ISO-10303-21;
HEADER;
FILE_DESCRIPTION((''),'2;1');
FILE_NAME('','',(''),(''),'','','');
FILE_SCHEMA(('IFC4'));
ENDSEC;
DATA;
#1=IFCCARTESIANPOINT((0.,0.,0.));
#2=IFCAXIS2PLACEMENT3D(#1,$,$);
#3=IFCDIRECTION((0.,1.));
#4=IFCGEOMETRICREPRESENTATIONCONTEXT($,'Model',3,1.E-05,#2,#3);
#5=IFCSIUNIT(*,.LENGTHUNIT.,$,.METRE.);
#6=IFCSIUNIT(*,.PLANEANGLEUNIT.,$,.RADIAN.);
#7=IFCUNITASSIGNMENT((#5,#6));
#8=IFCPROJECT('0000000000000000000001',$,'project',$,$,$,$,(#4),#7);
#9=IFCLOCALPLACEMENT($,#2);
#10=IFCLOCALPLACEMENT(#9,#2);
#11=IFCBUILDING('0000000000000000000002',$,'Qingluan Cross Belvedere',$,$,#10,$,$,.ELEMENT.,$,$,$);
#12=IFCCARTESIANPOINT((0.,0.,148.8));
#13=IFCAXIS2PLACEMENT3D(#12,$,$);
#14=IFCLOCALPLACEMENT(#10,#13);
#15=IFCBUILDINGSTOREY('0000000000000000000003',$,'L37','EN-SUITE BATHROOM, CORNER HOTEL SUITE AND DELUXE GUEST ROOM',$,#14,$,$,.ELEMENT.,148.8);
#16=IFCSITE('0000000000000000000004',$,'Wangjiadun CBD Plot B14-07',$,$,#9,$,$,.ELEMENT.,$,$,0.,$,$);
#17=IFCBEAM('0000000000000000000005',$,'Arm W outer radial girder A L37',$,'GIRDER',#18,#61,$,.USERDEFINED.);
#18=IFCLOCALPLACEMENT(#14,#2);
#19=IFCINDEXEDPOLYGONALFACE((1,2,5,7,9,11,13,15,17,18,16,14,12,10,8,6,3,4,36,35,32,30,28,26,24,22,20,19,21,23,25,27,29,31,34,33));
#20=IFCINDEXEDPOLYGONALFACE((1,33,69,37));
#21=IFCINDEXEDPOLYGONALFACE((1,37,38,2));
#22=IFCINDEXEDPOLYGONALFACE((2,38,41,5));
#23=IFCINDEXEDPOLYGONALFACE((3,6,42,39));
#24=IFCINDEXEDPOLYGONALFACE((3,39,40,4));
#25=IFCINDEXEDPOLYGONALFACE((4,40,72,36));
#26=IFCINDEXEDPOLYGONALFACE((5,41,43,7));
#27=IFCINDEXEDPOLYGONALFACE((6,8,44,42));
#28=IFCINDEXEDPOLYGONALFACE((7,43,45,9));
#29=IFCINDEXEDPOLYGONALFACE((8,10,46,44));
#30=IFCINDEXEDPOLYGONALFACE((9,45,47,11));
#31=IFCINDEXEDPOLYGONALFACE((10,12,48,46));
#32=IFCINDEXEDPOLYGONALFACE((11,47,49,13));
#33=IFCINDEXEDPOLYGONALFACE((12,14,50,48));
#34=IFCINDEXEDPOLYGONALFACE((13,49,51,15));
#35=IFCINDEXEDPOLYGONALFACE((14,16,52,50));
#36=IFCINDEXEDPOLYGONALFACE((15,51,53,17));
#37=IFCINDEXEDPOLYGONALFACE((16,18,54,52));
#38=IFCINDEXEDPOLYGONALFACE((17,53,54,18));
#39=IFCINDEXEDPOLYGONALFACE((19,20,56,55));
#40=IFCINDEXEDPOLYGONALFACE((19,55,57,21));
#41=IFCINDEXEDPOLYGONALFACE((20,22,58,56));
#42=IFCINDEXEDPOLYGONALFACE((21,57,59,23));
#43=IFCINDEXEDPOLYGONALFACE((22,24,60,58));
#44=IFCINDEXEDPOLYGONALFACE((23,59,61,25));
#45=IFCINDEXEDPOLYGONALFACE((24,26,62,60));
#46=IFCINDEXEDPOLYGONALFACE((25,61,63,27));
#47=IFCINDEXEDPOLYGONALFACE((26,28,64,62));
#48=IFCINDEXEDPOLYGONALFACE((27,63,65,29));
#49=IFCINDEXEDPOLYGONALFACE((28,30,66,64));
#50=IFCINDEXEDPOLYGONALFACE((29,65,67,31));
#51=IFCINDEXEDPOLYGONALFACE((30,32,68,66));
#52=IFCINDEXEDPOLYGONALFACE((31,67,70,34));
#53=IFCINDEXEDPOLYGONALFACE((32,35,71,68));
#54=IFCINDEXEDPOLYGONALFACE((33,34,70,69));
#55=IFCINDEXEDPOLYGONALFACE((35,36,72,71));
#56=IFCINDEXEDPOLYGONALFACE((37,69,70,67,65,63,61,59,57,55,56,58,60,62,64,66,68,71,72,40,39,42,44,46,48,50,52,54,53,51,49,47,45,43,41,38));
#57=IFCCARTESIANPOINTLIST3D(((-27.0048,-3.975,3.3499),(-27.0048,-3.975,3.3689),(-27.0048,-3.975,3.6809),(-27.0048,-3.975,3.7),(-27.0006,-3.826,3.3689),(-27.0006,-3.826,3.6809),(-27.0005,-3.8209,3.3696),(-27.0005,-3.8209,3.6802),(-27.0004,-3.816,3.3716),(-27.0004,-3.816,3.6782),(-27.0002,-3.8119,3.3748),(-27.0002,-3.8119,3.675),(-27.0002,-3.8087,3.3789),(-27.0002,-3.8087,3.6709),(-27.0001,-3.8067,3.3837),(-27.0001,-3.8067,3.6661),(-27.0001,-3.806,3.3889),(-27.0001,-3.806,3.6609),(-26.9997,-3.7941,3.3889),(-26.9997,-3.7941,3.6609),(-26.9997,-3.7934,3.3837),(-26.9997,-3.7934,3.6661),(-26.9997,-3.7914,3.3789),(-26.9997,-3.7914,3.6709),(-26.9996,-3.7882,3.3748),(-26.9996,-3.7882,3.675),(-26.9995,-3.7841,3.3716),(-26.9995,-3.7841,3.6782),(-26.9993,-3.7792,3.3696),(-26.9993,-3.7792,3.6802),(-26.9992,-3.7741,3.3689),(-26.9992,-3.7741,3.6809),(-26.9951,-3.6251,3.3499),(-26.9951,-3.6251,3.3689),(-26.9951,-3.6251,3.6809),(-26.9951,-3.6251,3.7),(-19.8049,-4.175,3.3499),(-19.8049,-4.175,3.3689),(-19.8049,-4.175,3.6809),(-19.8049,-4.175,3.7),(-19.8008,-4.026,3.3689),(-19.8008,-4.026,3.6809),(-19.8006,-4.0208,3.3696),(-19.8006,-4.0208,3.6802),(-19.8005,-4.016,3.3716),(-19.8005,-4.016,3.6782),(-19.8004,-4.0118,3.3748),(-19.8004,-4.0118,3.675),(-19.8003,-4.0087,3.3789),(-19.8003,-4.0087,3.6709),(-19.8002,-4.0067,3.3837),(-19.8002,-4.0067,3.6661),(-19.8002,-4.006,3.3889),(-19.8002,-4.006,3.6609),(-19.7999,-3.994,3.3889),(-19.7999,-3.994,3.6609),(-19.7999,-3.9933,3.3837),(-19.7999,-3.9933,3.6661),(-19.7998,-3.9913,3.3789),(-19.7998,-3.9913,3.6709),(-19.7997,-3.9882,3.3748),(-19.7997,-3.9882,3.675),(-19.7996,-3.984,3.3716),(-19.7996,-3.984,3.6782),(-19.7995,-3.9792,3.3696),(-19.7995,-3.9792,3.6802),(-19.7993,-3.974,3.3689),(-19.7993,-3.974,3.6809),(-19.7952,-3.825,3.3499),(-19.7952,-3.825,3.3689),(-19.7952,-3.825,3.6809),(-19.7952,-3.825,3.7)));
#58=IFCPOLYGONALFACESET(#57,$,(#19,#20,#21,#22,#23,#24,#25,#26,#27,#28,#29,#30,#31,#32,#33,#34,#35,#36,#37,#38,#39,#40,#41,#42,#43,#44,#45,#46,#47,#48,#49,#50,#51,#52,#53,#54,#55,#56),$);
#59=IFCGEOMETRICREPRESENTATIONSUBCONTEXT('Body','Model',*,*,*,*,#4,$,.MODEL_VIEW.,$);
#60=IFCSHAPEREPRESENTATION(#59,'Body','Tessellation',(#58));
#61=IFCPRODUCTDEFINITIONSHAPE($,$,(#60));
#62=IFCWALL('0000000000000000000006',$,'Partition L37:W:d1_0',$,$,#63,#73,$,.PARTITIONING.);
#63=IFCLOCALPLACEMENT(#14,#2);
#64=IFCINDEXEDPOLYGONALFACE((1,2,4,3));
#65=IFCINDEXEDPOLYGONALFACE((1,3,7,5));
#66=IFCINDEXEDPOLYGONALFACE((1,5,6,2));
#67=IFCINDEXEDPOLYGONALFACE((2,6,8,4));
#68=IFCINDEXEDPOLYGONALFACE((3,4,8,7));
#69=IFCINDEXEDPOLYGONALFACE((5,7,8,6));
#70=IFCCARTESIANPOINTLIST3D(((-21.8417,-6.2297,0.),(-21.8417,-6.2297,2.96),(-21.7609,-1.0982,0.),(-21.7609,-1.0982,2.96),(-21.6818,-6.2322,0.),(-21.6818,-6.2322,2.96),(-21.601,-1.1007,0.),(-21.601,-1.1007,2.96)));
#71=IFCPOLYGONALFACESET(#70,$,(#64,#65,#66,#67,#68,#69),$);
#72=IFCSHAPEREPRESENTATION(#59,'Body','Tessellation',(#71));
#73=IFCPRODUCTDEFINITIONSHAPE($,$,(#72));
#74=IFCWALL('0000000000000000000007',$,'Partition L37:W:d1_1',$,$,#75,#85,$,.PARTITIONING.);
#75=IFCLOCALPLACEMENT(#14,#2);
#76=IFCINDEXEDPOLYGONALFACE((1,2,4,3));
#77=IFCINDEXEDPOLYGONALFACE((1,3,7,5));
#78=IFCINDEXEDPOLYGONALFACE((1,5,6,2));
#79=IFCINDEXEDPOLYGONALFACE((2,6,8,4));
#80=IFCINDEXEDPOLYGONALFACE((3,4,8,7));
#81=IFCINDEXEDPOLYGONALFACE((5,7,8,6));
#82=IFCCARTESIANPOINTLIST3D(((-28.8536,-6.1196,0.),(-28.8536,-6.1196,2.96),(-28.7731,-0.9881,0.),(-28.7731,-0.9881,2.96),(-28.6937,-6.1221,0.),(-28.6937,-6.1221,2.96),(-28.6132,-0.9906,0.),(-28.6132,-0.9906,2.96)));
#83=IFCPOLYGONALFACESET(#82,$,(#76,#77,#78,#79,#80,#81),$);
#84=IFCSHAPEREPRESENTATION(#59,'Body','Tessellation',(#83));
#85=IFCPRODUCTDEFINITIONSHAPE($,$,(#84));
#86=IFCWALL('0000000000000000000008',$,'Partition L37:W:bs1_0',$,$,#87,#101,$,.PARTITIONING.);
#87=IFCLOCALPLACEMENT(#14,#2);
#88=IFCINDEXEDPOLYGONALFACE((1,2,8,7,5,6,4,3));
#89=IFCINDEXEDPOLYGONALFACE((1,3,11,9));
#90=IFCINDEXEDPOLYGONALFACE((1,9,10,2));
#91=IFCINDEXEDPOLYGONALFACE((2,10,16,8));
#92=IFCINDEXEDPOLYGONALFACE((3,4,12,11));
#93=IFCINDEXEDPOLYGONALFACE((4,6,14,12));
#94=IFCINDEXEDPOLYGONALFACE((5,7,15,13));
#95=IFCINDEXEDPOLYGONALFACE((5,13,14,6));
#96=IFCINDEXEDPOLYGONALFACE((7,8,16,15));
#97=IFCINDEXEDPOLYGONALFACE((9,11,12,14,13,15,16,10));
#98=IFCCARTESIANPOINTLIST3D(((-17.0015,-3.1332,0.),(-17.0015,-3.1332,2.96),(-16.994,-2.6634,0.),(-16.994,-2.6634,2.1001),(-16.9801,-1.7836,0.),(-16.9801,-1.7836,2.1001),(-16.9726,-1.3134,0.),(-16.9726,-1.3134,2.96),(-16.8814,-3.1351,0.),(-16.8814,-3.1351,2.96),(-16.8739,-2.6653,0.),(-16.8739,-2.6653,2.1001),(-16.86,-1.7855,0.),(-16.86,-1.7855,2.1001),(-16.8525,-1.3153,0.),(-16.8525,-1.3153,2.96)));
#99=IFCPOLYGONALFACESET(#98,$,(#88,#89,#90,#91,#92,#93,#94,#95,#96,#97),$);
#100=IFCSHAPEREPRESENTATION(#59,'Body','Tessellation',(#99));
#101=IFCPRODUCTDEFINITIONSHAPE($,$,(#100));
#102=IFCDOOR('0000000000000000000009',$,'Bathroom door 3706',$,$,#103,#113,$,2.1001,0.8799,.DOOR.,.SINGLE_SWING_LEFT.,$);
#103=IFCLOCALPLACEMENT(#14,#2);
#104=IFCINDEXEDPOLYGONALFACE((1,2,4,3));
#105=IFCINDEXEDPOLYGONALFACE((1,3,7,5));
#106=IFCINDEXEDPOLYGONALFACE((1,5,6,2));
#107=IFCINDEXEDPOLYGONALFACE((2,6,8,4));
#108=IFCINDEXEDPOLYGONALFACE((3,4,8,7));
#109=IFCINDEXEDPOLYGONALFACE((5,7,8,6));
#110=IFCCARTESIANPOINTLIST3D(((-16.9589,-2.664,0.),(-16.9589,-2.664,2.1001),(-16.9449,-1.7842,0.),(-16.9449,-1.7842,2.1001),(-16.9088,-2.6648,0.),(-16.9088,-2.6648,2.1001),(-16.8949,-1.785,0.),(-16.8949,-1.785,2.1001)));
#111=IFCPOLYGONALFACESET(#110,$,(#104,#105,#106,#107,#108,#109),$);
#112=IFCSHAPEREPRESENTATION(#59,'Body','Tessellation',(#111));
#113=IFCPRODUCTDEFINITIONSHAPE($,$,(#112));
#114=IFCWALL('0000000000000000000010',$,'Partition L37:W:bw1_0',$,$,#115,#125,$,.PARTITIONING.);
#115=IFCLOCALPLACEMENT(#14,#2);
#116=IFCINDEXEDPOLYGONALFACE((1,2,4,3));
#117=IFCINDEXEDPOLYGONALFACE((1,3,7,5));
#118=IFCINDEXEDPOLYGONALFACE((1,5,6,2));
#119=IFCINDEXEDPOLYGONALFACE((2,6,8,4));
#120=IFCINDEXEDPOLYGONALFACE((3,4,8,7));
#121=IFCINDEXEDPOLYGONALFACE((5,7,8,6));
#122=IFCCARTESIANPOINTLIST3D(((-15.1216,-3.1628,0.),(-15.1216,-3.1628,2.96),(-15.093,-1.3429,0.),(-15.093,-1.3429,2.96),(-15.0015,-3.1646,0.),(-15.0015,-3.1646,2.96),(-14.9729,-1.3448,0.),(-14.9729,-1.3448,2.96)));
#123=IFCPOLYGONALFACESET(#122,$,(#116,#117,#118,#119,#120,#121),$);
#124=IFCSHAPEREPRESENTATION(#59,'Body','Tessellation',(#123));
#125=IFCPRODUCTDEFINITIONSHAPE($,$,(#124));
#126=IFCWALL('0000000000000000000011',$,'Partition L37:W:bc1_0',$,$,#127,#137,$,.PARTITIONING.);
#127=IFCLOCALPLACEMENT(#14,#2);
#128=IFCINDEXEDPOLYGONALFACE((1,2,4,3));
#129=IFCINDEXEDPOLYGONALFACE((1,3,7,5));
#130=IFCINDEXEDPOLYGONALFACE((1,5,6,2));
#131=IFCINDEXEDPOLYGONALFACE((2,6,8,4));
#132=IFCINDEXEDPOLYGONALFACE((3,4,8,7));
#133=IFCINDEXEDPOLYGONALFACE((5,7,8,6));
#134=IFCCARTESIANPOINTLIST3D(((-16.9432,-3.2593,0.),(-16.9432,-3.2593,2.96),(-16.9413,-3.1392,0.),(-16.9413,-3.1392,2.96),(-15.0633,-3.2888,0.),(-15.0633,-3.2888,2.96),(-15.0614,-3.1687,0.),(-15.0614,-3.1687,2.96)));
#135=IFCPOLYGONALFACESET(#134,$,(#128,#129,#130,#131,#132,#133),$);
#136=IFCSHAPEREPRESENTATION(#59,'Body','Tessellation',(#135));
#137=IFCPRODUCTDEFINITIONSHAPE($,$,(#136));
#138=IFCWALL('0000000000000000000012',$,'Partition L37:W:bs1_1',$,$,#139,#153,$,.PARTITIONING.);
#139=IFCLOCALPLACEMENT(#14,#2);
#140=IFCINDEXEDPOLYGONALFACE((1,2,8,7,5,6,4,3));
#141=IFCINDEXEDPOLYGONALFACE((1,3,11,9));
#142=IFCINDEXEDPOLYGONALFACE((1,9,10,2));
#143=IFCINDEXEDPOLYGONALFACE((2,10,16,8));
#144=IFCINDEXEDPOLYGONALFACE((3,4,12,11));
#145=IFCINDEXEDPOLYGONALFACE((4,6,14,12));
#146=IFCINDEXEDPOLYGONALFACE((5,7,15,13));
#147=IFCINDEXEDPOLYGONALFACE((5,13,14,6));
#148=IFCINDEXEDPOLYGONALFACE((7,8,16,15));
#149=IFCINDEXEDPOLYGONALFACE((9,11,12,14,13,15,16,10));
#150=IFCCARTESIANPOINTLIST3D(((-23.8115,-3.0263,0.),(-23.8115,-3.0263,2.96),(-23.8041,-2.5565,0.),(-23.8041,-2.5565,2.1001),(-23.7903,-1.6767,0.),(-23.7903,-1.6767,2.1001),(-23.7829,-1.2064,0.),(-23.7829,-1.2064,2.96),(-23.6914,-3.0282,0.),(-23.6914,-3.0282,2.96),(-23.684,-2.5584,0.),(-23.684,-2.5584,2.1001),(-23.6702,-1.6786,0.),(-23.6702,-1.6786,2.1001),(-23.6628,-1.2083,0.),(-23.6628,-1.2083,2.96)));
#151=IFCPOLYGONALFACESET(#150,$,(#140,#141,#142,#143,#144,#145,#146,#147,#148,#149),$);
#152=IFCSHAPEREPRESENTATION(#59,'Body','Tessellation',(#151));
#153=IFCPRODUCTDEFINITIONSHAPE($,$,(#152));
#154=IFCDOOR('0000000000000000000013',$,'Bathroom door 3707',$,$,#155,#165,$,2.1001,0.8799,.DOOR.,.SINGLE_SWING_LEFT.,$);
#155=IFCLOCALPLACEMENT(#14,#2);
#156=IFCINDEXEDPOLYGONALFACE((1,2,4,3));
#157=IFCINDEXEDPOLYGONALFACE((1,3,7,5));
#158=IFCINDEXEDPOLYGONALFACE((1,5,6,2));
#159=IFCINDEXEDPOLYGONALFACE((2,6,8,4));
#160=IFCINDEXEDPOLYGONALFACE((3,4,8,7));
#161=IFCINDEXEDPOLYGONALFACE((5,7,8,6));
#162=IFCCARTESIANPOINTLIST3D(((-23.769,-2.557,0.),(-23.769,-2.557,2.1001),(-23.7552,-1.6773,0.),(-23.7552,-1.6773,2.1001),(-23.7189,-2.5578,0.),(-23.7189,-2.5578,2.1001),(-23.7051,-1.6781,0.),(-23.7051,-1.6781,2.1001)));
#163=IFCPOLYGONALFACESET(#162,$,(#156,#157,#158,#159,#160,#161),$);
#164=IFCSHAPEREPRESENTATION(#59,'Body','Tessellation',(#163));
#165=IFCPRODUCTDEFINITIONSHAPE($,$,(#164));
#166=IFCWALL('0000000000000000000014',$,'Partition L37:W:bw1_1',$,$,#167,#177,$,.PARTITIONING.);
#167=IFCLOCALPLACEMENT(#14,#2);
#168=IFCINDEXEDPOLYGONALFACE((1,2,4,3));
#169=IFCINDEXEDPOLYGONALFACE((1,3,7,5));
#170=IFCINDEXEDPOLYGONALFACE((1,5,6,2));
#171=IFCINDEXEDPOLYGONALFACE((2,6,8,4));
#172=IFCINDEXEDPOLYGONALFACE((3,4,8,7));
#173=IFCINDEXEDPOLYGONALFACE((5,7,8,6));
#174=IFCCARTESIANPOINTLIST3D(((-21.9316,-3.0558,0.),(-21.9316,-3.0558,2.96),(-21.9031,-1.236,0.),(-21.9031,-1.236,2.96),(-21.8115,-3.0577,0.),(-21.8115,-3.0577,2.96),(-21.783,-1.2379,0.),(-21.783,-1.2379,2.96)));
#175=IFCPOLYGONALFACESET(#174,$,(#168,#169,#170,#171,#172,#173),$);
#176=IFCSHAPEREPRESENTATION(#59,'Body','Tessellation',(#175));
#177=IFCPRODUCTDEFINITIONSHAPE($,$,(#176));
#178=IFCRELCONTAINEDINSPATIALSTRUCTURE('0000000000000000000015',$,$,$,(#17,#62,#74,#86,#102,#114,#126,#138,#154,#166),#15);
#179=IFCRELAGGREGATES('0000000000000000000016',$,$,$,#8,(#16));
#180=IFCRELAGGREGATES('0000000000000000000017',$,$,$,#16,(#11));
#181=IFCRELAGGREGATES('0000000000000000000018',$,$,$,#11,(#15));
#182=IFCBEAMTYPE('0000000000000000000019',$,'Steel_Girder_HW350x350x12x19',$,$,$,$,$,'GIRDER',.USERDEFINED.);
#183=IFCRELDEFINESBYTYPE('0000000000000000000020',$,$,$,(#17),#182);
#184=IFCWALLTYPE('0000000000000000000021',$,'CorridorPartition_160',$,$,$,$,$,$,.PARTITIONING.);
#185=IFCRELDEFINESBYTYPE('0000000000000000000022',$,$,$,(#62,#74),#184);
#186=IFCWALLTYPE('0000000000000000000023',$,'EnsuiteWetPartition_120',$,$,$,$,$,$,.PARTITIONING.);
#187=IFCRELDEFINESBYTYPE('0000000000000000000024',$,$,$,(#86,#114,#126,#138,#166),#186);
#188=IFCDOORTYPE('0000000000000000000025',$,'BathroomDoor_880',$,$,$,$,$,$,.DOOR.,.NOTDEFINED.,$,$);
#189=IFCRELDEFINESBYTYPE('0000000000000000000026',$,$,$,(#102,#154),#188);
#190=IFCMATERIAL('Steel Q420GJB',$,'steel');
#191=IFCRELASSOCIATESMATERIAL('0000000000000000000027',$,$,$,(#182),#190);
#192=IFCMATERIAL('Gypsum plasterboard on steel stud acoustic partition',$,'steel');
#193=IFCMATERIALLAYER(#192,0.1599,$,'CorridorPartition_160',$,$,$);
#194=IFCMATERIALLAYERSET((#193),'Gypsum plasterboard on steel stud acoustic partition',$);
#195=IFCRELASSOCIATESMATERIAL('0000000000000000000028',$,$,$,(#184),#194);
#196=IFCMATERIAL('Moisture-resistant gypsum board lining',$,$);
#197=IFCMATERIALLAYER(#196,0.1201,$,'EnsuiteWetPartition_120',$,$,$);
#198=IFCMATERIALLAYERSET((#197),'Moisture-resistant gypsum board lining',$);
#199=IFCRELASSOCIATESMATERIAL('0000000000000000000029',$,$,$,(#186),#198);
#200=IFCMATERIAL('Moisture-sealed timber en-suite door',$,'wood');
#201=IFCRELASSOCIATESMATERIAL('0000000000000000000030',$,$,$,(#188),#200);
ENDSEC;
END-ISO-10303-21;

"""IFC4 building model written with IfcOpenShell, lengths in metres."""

from ifc_helpers import new_model, si_unit, direction, frame, frame_2d, origin, origin_2d, place, context, subcontext, project, spatial, rectangle, i_section, extrude, material, layer, layer_set, material_profile, profile_set, type_object, element, fill, save


model = new_model("IFC4")

# Units and contexts
model_context = context("Model", 3, precision=1e-05, world=origin(), true_north=direction((0.0, 1.0)))
body_context = subcontext(model_context, "Body", "Model", "MODEL_VIEW")
ifc_project = project(units=[si_unit("LENGTHUNIT", "METRE"), si_unit("PLANEANGLEUNIT", "RADIAN")], contexts=[model_context])

# Site, building, storey
site_placement = place(None, origin())
site = spatial("IfcSite", under=ifc_project, at=site_placement, Name="Wangjiadun CBD Plot B14-07", CompositionType="ELEMENT", RefElevation=0.0)
building_placement = place(site_placement, origin())
building = spatial("IfcBuilding", under=site, at=building_placement, Name="Qingluan Cross Belvedere", CompositionType="ELEMENT")
storey_placement = place(building_placement, frame((0.0, 0.0, 148.8)))
storey = spatial("IfcBuildingStorey", under=building, at=storey_placement, Name="L37", Description="EN-SUITE BATHROOM, CORNER HOTEL SUITE AND DELUXE GUEST ROOM", CompositionType="ELEMENT", Elevation=148.8)

# Beam
ifc_material_1 = material(Name="Steel Q420GJB", Category="steel")
ifc_material_profile_1 = material_profile(ifc_material_1, i_section(OverallWidth=0.3501, OverallDepth=0.3501, WebThickness=0.012, FlangeThickness=0.019, FilletRadius=0.02, at=origin_2d()), Name="HW350x350x12x19")
ifc_profile_set_1 = profile_set([ifc_material_profile_1], Name="Steel Q420GJB")
beam_type_1 = type_object("IfcBeamType", Name="Steel_Girder_HW350x350x12x19", ElementType="GIRDER", PredefinedType="USERDEFINED", material=ifc_profile_set_1)
beam_1_placement = place(storey_placement, frame((-19.8, -4.0, 3.5249), z_axis=(-0.999615, 0.02776, 0.0), x_axis=(-0.02776, -0.999615, 0.0)))
element("IfcBeam", 1, at=beam_1_placement, inside=storey, type_object=beam_type_1, Name="Arm W outer radial girder A L37", ObjectType="GIRDER", PredefinedType="USERDEFINED", context=body_context, shape_type="SweptSolid", body=[
    extrude(i_section(OverallWidth=0.3501, OverallDepth=0.3501, WebThickness=0.012, FlangeThickness=0.019, FilletRadius=0.02, at=origin_2d()), origin(), (0.0, 0.0, 1.0), 7.2026),
])

# Walls
ifc_material_2 = material(Name="Gypsum plasterboard on steel stud acoustic partition", Category="steel")
ifc_layer_1 = layer(ifc_material_2, 0.1599, Name="CorridorPartition_160")
ifc_layer_set_1 = layer_set([ifc_layer_1], Name="Gypsum plasterboard on steel stud acoustic partition")
wall_type_1 = type_object("IfcWallType", Name="CorridorPartition_160", PredefinedType="PARTITIONING", material=ifc_layer_set_1)
for number, where, z_axis, x_axis, name in (
    (2, (-21.6809, -1.0996, 0.0), (0.0, 0.0, 1.0), (-0.015746, -0.999876, 0.0), "Partition L37:W:d1_0"),
    (3, (-28.6931, -0.9895, 0.0), (0.0, 0.0, 1.0), (-0.015699, -0.999877, 0.0), "Partition L37:W:d1_1"),
):
    element("IfcWall", number, at=place(storey_placement, frame(where, z_axis=z_axis, x_axis=x_axis)), inside=storey, type_object=wall_type_1, Name=name, PredefinedType="PARTITIONING", context=body_context, shape_type="SweptSolid", body=[
        extrude(rectangle(XDim=5.1321, YDim=0.1599, at=frame_2d((2.5659, 0.0))), origin(), (0.0, 0.0, 1.0), 2.96),
    ])

# Wall, opening, door
ifc_material_3 = material(Name="Moisture-resistant gypsum board lining")
ifc_layer_2 = layer(ifc_material_3, 0.1201, Name="EnsuiteWetPartition_120")
ifc_layer_set_2 = layer_set([ifc_layer_2], Name="Moisture-resistant gypsum board lining")
wall_type_2 = type_object("IfcWallType", Name="EnsuiteWetPartition_120", PredefinedType="PARTITIONING", material=ifc_layer_set_2)
wall_1_placement = place(storey_placement, frame((-16.9414, -3.1343, 0.0), z_axis=(0.0, 0.0, 1.0), x_axis=(0.015828, 0.999875, 0.0)))
wall_1 = element("IfcWall", 4, at=wall_1_placement, inside=storey, type_object=wall_type_2, Name="Partition L37:W:bs1_0", PredefinedType="PARTITIONING", context=body_context, shape_type="SweptSolid", body=[
    extrude(rectangle(XDim=1.8201, YDim=0.1201, at=frame_2d((0.9102, 0.0))), origin(), (0.0, 0.0, 1.0), 2.96),
])
opening_1_placement = place(wall_1_placement, frame((0.47, 0.0, 0.0)))
opening_1 = element("IfcOpeningElement", 5, at=opening_1_placement, cuts=wall_1, PredefinedType="OPENING", context=body_context, shape_type="SweptSolid", body=[
    extrude(rectangle(XDim=0.8799, YDim=2.1001, at=frame_2d((0.4399, 1.05))), frame((0.0, 0.0701, 0.0), z_axis=(0.0, -1.0, 0.0), x_axis=(1.0, 0.0, 0.0)), (0.0, 0.0, 1.0), 0.1401),
])
ifc_material_4 = material(Name="Moisture-sealed timber en-suite door", Category="wood")
door_type = type_object("IfcDoorType", Name="BathroomDoor_880", OperationType="NOTDEFINED", PredefinedType="DOOR", material=ifc_material_4)
door_1_placement = place(opening_1_placement, origin())
door_1 = element("IfcDoor", 6, at=door_1_placement, inside=storey, type_object=door_type, Name="Bathroom door 3706", OperationType="SINGLE_SWING_LEFT", OverallHeight=2.1001, OverallWidth=0.8799, PredefinedType="DOOR", context=body_context, shape_type="SweptSolid", body=[
    extrude(rectangle(XDim=0.8799, YDim=2.1001, at=frame_2d((0.4399, 1.05))), frame((0.0, 0.0249, 0.0), z_axis=(0.0, -1.0, 0.0), x_axis=(1.0, 0.0, 0.0)), (0.0, 0.0, 1.0), 0.05),
])
fill(opening_1, door_1)

# Walls
wall_2_placement = place(storey_placement, frame((-15.0615, -3.1638, 0.0), z_axis=(0.0, 0.0, 1.0), x_axis=(0.015694, 0.999877, 0.0)))
element("IfcWall", 7, at=wall_2_placement, inside=storey, type_object=wall_type_2, Name="Partition L37:W:bw1_0", PredefinedType="PARTITIONING", context=body_context, shape_type="SweptSolid", body=[
    extrude(rectangle(XDim=1.8201, YDim=0.1201, at=frame_2d((0.9102, 0.0))), origin(), (0.0, 0.0, 1.0), 2.96),
])
wall_3_placement = place(storey_placement, frame((-15.0625, -3.2288, 0.0), z_axis=(0.0, 0.0, 1.0), x_axis=(-0.999877, 0.015712, 0.0)))
element("IfcWall", 8, at=wall_3_placement, inside=storey, type_object=wall_type_2, Name="Partition L37:W:bc1_0", PredefinedType="PARTITIONING", context=body_context, shape_type="SweptSolid", body=[
    extrude(rectangle(XDim=1.8801, YDim=0.1201, at=frame_2d((0.9399, 0.0))), origin(), (0.0, 0.0, 1.0), 2.96),
])

# Wall, opening, door
wall_4_placement = place(storey_placement, frame((-23.7515, -3.0273, 0.0), z_axis=(0.0, 0.0, 1.0), x_axis=(0.015694, 0.999877, 0.0)))
wall_4 = element("IfcWall", 9, at=wall_4_placement, inside=storey, type_object=wall_type_2, Name="Partition L37:W:bs1_1", PredefinedType="PARTITIONING", context=body_context, shape_type="SweptSolid", body=[
    extrude(rectangle(XDim=1.8201, YDim=0.1201, at=frame_2d((0.9102, 0.0))), origin(), (0.0, 0.0, 1.0), 2.96),
])
opening_2_placement = place(wall_4_placement, frame((0.47, 0.0, 0.0)))
opening_2 = element("IfcOpeningElement", 10, at=opening_2_placement, cuts=wall_4, PredefinedType="OPENING", context=body_context, shape_type="SweptSolid", body=[
    extrude(rectangle(XDim=0.8799, YDim=2.1001, at=frame_2d((0.4399, 1.05))), frame((0.0, 0.0701, 0.0), z_axis=(0.0, -1.0, 0.0), x_axis=(1.0, 0.0, 0.0)), (0.0, 0.0, 1.0), 0.1401),
])
door_2_placement = place(opening_2_placement, origin())
door_2 = element("IfcDoor", 11, at=door_2_placement, inside=storey, type_object=door_type, Name="Bathroom door 3707", OperationType="SINGLE_SWING_LEFT", OverallHeight=2.1001, OverallWidth=0.8799, PredefinedType="DOOR", context=body_context, shape_type="SweptSolid", body=[
    extrude(rectangle(XDim=0.8799, YDim=2.1001, at=frame_2d((0.4399, 1.05))), frame((0.0, 0.0249, 0.0), z_axis=(0.0, -1.0, 0.0), x_axis=(1.0, 0.0, 0.0)), (0.0, 0.0, 1.0), 0.05),
])
fill(opening_2, door_2)

# Wall
wall_5_placement = place(storey_placement, frame((-21.8716, -3.0569, 0.0), z_axis=(0.0, 0.0, 1.0), x_axis=(0.015694, 0.999877, 0.0)))
element("IfcWall", 12, at=wall_5_placement, inside=storey, type_object=wall_type_2, Name="Partition L37:W:bw1_1", PredefinedType="PARTITIONING", context=body_context, shape_type="SweptSolid", body=[
    extrude(rectangle(XDim=1.8201, YDim=0.1201, at=frame_2d((0.9102, 0.0))), origin(), (0.0, 0.0, 1.0), 2.96),
])

save(model, "model.ifc")
